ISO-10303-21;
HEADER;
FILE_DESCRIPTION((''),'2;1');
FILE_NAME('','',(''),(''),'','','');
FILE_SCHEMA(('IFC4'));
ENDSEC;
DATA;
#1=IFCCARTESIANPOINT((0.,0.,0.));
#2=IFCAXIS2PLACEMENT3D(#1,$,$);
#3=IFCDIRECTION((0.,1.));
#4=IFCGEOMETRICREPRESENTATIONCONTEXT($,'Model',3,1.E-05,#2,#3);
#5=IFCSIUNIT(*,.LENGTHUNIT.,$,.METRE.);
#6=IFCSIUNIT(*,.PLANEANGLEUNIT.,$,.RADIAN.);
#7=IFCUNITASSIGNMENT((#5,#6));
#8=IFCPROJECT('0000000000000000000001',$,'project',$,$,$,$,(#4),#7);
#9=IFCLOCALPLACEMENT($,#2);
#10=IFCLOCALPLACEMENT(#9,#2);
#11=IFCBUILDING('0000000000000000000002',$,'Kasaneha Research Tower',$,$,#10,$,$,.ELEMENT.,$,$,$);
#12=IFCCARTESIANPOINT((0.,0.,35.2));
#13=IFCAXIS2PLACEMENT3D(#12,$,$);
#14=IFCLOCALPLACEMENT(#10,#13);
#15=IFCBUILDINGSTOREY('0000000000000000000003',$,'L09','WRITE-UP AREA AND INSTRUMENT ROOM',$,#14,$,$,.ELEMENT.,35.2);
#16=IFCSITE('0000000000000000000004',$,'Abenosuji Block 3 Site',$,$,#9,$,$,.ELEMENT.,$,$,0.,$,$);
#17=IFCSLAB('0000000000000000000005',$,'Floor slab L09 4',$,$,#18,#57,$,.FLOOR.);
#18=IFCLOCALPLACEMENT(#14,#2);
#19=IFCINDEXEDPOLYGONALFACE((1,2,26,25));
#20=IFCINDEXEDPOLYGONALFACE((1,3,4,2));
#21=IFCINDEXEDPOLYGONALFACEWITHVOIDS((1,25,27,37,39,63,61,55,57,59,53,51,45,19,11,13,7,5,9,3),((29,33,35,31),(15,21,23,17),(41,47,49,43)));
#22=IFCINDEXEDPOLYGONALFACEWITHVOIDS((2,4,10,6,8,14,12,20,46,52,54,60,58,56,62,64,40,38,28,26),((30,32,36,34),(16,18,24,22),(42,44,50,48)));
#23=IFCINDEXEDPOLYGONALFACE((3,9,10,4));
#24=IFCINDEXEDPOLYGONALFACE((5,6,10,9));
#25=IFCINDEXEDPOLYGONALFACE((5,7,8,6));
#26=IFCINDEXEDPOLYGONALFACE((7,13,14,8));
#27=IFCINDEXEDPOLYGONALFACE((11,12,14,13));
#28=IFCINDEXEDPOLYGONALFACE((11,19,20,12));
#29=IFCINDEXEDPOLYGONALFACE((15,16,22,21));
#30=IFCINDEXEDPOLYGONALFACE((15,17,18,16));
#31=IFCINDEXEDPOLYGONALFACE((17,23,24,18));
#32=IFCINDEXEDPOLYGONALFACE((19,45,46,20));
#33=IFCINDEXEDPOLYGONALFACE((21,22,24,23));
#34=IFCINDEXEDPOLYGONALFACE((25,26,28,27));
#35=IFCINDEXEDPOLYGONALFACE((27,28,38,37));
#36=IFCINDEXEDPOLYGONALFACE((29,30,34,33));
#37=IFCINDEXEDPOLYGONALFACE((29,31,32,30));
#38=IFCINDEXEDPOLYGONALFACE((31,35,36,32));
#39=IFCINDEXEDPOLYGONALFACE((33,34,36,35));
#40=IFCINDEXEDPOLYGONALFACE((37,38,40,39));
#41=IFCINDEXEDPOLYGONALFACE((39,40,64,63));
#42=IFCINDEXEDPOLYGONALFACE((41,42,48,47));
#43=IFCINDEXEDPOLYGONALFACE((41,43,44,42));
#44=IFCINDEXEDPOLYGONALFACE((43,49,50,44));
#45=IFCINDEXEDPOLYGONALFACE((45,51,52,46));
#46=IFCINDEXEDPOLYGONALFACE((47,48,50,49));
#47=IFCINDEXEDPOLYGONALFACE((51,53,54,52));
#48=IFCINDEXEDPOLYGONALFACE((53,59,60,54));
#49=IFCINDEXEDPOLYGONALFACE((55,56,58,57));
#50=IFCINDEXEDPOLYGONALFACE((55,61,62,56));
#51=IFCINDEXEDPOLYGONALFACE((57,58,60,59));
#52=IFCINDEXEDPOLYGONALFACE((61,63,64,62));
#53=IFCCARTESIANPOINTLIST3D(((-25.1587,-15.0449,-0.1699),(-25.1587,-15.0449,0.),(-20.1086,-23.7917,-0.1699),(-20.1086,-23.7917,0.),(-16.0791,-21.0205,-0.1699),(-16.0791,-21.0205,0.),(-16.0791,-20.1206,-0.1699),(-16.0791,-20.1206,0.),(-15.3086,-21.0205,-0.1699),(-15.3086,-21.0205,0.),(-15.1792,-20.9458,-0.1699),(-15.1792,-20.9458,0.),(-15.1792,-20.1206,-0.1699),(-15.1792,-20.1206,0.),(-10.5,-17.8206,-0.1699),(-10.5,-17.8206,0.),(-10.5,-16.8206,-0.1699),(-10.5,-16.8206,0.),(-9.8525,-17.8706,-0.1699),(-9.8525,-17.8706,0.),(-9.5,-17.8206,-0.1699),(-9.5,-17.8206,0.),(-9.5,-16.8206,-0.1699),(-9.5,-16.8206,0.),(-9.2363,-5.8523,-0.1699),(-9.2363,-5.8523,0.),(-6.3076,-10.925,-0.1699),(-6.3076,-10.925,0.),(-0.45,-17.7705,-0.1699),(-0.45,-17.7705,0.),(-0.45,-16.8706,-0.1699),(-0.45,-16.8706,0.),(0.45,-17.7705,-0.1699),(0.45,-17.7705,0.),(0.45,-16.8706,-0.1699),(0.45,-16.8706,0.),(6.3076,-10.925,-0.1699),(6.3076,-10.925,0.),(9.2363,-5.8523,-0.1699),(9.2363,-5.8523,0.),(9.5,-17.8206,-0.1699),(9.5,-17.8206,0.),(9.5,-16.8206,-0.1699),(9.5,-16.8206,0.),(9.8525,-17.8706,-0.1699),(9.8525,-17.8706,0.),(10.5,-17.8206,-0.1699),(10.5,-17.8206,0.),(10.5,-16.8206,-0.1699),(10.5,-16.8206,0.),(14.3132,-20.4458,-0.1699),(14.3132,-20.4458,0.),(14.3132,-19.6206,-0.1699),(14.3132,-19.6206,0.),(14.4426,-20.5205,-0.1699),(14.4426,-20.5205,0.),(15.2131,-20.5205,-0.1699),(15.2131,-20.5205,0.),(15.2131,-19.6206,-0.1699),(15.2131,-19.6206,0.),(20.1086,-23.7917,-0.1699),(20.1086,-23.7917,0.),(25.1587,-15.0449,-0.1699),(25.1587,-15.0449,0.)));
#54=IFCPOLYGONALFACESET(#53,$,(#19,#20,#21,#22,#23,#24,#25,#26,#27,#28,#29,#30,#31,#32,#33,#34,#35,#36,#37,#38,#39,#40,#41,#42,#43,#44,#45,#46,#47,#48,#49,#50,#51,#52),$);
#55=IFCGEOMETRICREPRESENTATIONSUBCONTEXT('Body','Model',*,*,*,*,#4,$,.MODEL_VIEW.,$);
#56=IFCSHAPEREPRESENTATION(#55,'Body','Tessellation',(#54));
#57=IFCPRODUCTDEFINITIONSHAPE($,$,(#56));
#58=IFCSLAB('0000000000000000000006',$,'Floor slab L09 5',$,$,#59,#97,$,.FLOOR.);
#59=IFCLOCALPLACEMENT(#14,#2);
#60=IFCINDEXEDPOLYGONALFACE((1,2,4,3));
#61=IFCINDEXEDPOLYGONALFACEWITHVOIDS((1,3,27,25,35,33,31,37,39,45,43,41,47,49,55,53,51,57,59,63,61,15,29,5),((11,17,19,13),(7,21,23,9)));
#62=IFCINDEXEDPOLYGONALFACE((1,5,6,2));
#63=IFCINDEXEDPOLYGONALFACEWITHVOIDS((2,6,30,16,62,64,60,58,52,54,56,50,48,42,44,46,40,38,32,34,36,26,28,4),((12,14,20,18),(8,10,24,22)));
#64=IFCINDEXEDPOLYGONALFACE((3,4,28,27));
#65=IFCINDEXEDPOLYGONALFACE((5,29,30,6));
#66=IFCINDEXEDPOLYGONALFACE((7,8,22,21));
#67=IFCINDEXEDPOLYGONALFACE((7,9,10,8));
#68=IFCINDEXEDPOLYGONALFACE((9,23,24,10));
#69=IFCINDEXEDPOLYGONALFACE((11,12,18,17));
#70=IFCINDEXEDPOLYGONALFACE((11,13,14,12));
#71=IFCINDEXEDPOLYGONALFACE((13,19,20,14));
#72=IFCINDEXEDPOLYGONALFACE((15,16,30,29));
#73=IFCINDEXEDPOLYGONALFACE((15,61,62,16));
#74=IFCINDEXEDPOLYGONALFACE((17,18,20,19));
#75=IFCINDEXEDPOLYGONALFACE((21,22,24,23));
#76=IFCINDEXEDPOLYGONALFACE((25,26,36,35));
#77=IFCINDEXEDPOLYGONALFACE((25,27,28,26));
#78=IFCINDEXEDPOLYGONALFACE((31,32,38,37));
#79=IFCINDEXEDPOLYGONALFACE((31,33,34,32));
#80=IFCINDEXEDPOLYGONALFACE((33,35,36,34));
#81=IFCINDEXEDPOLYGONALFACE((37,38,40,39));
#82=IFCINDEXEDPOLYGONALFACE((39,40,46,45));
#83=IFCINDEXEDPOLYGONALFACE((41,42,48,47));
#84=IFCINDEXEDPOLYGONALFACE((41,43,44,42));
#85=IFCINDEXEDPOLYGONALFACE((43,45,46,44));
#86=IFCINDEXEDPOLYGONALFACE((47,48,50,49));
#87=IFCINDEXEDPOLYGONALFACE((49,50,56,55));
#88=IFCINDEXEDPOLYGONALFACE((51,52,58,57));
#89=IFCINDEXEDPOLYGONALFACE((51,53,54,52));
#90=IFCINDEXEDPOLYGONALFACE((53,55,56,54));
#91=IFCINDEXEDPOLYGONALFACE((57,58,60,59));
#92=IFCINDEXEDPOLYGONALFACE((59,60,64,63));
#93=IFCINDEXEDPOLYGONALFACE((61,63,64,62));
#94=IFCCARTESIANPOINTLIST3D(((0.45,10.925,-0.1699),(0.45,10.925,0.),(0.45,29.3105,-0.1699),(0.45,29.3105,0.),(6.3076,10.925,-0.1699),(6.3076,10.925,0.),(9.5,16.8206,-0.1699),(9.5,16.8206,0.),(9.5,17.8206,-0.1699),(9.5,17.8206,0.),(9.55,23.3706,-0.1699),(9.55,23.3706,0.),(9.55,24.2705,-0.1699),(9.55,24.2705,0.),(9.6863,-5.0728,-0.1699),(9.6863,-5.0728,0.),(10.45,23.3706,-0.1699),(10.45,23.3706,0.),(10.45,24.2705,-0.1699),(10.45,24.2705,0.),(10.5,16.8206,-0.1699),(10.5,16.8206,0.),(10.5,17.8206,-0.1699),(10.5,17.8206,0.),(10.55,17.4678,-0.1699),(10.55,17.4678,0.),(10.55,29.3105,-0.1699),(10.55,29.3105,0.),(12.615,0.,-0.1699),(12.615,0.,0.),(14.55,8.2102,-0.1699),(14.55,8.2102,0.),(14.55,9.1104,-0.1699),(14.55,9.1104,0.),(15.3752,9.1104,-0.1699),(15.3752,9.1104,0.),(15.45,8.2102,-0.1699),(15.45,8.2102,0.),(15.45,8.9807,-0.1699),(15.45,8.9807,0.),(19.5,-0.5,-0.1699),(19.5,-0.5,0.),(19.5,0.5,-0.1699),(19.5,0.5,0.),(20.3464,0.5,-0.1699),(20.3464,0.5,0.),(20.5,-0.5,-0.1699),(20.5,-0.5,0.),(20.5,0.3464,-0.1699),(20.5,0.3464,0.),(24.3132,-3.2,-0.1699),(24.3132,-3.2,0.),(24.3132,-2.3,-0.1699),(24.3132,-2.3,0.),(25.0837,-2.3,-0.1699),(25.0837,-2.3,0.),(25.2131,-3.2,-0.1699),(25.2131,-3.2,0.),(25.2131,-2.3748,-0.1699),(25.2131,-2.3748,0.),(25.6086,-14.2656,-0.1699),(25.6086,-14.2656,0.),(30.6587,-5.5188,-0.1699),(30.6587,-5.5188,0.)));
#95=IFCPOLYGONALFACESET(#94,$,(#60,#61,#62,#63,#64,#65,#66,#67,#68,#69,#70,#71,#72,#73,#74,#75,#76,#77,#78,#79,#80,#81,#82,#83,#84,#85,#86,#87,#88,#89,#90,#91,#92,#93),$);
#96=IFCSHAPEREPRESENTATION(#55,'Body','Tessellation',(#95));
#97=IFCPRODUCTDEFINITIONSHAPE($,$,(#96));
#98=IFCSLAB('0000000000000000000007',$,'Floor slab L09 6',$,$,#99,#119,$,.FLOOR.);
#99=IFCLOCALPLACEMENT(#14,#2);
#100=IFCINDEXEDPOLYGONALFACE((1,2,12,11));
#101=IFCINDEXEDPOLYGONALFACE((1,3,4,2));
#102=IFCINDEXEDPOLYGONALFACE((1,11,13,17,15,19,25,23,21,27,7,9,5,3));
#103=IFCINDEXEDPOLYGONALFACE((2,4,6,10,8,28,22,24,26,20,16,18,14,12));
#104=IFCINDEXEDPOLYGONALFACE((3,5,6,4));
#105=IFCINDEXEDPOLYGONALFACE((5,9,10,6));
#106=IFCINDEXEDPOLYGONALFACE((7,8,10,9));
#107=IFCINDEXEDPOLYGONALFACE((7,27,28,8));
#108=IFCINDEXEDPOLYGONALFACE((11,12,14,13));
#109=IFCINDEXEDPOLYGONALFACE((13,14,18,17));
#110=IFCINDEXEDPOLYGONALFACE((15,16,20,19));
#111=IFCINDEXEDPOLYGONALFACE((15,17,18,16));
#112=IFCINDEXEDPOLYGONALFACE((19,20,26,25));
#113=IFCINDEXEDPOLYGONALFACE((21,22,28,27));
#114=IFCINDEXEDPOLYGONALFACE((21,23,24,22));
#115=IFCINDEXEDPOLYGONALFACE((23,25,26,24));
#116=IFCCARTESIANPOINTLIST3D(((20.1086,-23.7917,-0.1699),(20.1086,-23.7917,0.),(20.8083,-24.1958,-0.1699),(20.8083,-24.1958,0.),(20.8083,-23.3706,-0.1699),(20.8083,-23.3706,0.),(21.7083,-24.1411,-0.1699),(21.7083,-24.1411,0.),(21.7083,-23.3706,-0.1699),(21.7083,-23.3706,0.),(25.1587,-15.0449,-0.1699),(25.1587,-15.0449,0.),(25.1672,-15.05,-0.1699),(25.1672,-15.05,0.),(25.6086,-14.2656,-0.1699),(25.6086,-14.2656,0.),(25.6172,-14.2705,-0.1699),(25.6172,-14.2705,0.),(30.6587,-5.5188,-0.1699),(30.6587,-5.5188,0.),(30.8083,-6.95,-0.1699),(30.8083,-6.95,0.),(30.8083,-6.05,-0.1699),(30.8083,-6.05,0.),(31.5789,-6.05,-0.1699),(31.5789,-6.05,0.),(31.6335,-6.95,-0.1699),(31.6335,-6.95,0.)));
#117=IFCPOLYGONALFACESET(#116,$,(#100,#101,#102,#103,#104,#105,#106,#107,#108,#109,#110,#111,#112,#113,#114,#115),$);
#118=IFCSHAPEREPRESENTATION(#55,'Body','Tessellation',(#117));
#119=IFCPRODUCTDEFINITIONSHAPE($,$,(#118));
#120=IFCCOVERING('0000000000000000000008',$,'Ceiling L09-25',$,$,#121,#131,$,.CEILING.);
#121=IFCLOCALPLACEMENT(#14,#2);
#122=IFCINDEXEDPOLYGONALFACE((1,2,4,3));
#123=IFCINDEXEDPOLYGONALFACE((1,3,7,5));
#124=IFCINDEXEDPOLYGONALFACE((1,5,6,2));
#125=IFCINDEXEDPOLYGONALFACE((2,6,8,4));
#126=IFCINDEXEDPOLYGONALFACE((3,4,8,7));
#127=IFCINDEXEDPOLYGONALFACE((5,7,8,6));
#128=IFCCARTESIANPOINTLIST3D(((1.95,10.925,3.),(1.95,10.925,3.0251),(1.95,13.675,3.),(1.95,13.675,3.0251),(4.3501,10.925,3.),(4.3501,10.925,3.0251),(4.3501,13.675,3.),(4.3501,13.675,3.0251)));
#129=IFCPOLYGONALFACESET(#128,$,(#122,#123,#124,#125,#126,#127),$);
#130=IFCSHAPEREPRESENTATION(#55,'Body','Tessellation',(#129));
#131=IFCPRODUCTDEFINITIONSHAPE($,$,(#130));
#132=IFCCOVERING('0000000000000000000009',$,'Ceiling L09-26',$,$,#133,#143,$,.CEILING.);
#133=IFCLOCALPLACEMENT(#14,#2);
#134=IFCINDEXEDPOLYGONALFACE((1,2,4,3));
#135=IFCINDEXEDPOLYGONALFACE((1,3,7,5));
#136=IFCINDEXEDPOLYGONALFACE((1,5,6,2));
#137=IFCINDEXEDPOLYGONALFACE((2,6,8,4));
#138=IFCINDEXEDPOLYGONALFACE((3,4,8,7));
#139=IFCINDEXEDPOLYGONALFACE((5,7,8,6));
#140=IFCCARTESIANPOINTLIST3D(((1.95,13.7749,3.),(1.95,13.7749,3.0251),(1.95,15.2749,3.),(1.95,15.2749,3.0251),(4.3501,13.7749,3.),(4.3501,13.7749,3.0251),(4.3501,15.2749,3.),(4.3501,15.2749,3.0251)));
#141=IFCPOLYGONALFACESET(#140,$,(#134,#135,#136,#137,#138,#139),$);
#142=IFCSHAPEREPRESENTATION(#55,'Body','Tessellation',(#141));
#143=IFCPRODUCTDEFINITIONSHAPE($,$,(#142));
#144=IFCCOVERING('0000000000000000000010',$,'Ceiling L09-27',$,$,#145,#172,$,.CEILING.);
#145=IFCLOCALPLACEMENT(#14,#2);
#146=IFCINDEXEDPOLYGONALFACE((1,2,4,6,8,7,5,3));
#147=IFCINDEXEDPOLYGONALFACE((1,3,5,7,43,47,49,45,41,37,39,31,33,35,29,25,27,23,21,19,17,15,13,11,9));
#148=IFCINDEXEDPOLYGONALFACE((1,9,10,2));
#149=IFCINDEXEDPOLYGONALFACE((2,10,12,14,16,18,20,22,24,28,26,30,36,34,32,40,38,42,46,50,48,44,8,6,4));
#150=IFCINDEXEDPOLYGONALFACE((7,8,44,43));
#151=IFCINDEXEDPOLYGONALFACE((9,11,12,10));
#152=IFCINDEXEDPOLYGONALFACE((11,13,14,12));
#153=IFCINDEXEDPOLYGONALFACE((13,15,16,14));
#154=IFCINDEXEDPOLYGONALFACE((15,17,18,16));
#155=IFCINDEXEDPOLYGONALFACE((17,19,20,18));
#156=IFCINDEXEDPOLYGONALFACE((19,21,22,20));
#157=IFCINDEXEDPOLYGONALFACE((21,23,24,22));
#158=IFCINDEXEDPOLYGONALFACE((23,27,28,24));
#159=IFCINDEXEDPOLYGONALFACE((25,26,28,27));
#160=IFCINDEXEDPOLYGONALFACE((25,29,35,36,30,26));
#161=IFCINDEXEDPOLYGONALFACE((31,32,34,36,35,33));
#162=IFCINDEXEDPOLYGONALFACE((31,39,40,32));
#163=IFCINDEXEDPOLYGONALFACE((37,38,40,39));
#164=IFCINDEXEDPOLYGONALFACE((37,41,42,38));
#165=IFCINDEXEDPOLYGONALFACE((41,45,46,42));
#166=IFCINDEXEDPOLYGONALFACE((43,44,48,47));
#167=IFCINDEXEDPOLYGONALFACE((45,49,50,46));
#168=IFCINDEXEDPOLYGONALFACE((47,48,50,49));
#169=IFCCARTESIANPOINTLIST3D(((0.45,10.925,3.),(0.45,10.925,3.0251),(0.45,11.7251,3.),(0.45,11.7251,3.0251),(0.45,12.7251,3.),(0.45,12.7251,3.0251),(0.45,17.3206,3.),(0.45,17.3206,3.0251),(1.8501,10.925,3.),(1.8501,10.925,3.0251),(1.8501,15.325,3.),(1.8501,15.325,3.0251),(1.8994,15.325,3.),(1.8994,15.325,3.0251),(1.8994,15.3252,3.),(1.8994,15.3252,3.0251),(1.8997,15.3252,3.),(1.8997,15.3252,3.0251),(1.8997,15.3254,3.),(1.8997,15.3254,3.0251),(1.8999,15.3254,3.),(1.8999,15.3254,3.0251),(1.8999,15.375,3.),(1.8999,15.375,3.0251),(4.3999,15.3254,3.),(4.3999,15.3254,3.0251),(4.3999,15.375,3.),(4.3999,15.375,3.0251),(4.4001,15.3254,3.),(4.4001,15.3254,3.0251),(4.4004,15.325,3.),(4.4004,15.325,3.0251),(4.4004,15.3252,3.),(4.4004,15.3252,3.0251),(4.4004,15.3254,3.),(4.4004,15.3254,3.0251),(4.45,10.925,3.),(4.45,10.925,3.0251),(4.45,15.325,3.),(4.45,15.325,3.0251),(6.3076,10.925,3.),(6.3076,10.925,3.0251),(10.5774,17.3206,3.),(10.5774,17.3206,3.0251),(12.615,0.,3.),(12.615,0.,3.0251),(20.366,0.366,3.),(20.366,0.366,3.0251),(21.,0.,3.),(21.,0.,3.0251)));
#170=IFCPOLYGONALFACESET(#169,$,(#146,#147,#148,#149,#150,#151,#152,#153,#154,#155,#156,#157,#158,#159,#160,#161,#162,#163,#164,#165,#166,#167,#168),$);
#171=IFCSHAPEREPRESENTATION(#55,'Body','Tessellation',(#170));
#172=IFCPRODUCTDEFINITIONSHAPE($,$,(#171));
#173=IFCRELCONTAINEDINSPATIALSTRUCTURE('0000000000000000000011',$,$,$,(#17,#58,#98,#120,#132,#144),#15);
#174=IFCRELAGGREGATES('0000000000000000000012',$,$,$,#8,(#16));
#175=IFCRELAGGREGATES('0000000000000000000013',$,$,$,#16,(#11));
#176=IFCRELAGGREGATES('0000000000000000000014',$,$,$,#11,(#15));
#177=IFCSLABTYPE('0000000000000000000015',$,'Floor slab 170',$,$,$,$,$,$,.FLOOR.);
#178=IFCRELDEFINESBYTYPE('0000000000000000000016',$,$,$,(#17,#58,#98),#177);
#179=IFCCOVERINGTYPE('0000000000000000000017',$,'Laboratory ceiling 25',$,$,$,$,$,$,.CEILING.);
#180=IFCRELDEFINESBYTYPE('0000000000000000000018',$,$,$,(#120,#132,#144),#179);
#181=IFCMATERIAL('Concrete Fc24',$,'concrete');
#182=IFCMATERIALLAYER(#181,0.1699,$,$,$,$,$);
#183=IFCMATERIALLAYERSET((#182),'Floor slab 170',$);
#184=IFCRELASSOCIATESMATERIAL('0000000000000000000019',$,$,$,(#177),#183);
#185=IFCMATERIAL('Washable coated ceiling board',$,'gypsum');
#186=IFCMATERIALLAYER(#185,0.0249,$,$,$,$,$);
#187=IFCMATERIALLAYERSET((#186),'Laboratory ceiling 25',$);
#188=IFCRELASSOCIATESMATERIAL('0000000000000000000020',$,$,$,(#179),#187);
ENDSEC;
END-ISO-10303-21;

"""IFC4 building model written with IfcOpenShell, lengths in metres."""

from ifc_helpers import new_model, si_unit, direction, frame, origin, place, context, subcontext, project, spatial, polyline, outline, extrude, material, layer, layer_set, type_object, element, save


model = new_model("IFC4")

# Units and contexts
model_context = context("Model", 3, precision=1e-05, world=origin(), true_north=direction((0.0, 1.0)))
body_context = subcontext(model_context, "Body", "Model", "MODEL_VIEW")
ifc_project = project(units=[si_unit("LENGTHUNIT", "METRE"), si_unit("PLANEANGLEUNIT", "RADIAN")], contexts=[model_context])

# Site, building, storey
site_placement = place(None, origin())
site = spatial("IfcSite", under=ifc_project, at=site_placement, Name="Abenosuji Block 3 Site", CompositionType="ELEMENT", RefElevation=0.0)
building_placement = place(site_placement, origin())
building = spatial("IfcBuilding", under=site, at=building_placement, Name="Kasaneha Research Tower", CompositionType="ELEMENT")
storey_placement = place(building_placement, frame((0.0, 0.0, 35.2)))
storey = spatial("IfcBuildingStorey", under=building, at=storey_placement, Name="L09", Description="WRITE-UP AREA AND INSTRUMENT ROOM", CompositionType="ELEMENT", Elevation=35.2)

# Slabs
ifc_material_1 = material(Name="Concrete Fc24", Category="concrete")
ifc_layer_1 = layer(ifc_material_1, 0.1699)
ifc_layer_set_1 = layer_set([ifc_layer_1], Name="Floor slab 170")
slab_type_1 = type_object("IfcSlabType", Name="Floor slab 170", PredefinedType="FLOOR", material=ifc_layer_set_1)
slab_1_placement = place(storey_placement, frame((0.0, 0.0, -0.1699)))
element("IfcSlab", 1, at=slab_1_placement, inside=storey, type_object=slab_type_1, Name="Floor slab L09 4", PredefinedType="FLOOR", context=body_context, shape_type="SweptSolid", body=[
    extrude(outline(polyline([(-6.3076, -10.925), (6.3076, -10.925), (9.2363, -5.8523), (25.1587, -15.0449), (20.1086, -23.7917), (14.4426, -20.5205), (15.2131, -20.5205), (15.2131, -19.6206), (14.3132, -19.6206), (14.3132, -20.4458), (9.8525, -17.8706), (-9.8525, -17.8706), (-15.1792, -20.9458), (-15.1792, -20.1206), (-16.0791, -20.1206), (-16.0791, -21.0205), (-15.3086, -21.0205), (-20.1086, -23.7917), (-25.1587, -15.0449), (-9.2363, -5.8523), (-6.3076, -10.925)]), holes=[polyline([(-0.45, -17.7705), (0.45, -17.7705), (0.45, -16.8706), (-0.45, -16.8706), (-0.45, -17.7705)]), polyline([(-9.5, -17.8206), (-9.5, -16.8206), (-10.5, -16.8206), (-10.5, -17.8206), (-9.5, -17.8206)]), polyline([(10.5, -17.8206), (10.5, -16.8206), (9.5, -16.8206), (9.5, -17.8206), (10.5, -17.8206)])]), origin(), (0.0, 0.0, 1.0), 0.1699),
])
slab_2_placement = place(storey_placement, frame((0.0, 0.0, -0.1699)))
element("IfcSlab", 2, at=slab_2_placement, inside=storey, type_object=slab_type_1, Name="Floor slab L09 5", PredefinedType="FLOOR", context=body_context, shape_type="SweptSolid", body=[
    extrude(outline(polyline([(9.6863, -5.0728), (12.615, 0.0), (6.3076, 10.925), (0.45, 10.925), (0.45, 29.3105), (10.55, 29.3105), (10.55, 17.4678), (15.3752, 9.1104), (14.55, 9.1104), (14.55, 8.2102), (15.45, 8.2102), (15.45, 8.9807), (20.3464, 0.5), (19.5, 0.5), (19.5, -0.5), (20.5, -0.5), (20.5, 0.3464), (25.0837, -2.3), (24.3132, -2.3), (24.3132, -3.2), (25.2131, -3.2), (25.2131, -2.3748), (30.6587, -5.5188), (25.6086, -14.2656), (9.6863, -5.0728)]), holes=[polyline([(9.5, 16.8206), (10.5, 16.8206), (10.5, 17.8206), (9.5, 17.8206), (9.5, 16.8206)]), polyline([(9.55, 23.3706), (10.45, 23.3706), (10.45, 24.2705), (9.55, 24.2705), (9.55, 23.3706)])]), origin(), (0.0, 0.0, 1.0), 0.1699),
])
slab_3_placement = place(storey_placement, frame((0.0, 0.0, -0.1699)))
element("IfcSlab", 3, at=slab_3_placement, inside=storey, type_object=slab_type_1, Name="Floor slab L09 6", PredefinedType="FLOOR", context=body_context, shape_type="SweptSolid", body=[
    extrude(outline(polyline([(25.1672, -15.05), (25.6172, -14.2705), (25.6086, -14.2656), (30.6587, -5.5188), (31.5789, -6.05), (30.8083, -6.05), (30.8083, -6.95), (31.6335, -6.95), (21.7083, -24.1411), (21.7083, -23.3706), (20.8083, -23.3706), (20.8083, -24.1958), (20.1086, -23.7917), (25.1587, -15.0449), (25.1672, -15.05)])), origin(), (0.0, 0.0, 1.0), 0.1699),
])

# Coverings
ifc_material_2 = material(Name="Washable coated ceiling board", Category="gypsum")
ifc_layer_2 = layer(ifc_material_2, 0.0249)
ifc_layer_set_2 = layer_set([ifc_layer_2], Name="Laboratory ceiling 25")
covering_type_1 = type_object("IfcCoveringType", Name="Laboratory ceiling 25", PredefinedType="CEILING", material=ifc_layer_set_2)
covering_1_placement = place(storey_placement, frame((0.0, 0.0, 3.0)))
element("IfcCovering", 4, at=covering_1_placement, inside=storey, type_object=covering_type_1, Name="Ceiling L09-25", PredefinedType="CEILING", context=body_context, shape_type="SweptSolid", body=[
    extrude(outline(polyline([(1.95, 10.925), (1.95, 13.675), (4.3501, 13.675), (4.3501, 10.925), (1.95, 10.925)])), origin(), (0.0, 0.0, 1.0), 0.0251),
])
covering_2_placement = place(storey_placement, frame((0.0, 0.0, 3.0)))
element("IfcCovering", 5, at=covering_2_placement, inside=storey, type_object=covering_type_1, Name="Ceiling L09-26", PredefinedType="CEILING", context=body_context, shape_type="SweptSolid", body=[
    extrude(outline(polyline([(1.95, 15.2749), (4.3501, 15.2749), (4.3501, 13.7749), (1.95, 13.7749), (1.95, 15.2749)])), origin(), (0.0, 0.0, 1.0), 0.0251),
])
covering_3_placement = place(storey_placement, frame((0.0, 0.0, 3.0)))
element("IfcCovering", 6, at=covering_3_placement, inside=storey, type_object=covering_type_1, Name="Ceiling L09-27", PredefinedType="CEILING", context=body_context, shape_type="SweptSolid", body=[
    extrude(outline(polyline([(12.615, 0.0), (6.3076, 10.925), (4.4004, 10.925), (4.4004, 10.925), (4.45, 10.925), (4.45, 15.325), (4.4004, 15.325), (4.4004, 15.325), (4.4004, 15.3252), (4.4004, 15.3252), (4.4004, 15.3252), (4.4004, 15.3252), (4.4004, 15.3252), (4.4004, 15.3254), (4.4004, 15.3254), (4.4004, 15.3254), (4.4004, 15.3254), (4.4001, 15.3254), (4.4001, 15.3254), (4.4001, 15.3254), (4.4001, 15.3254), (4.4001, 15.3254), (4.3999, 15.3254), (4.3999, 15.375), (1.8999, 15.375), (1.8999, 15.3254), (1.8999, 15.3254), (1.8999, 15.3254), (1.8999, 15.3254), (1.8999, 15.3254), (1.8997, 15.3254), (1.8997, 15.3254), (1.8997, 15.3254), (1.8997, 15.3254), (1.8997, 15.3254), (1.8997, 15.3252), (1.8997, 15.3252), (1.8997, 15.3252), (1.8994, 15.3252), (1.8994, 15.3252), (1.8994, 15.325), (1.8994, 15.325), (1.8501, 15.325), (1.8501, 10.925), (0.45, 10.925), (0.45, 11.7251), (0.45, 12.7251), (0.45, 17.3206), (10.5774, 17.3206), (20.366, 0.366), (21.0, 0.0), (12.615, 0.0)])), origin(), (0.0, 0.0, 1.0), 0.0251),
])

save(model, "model.ifc")
